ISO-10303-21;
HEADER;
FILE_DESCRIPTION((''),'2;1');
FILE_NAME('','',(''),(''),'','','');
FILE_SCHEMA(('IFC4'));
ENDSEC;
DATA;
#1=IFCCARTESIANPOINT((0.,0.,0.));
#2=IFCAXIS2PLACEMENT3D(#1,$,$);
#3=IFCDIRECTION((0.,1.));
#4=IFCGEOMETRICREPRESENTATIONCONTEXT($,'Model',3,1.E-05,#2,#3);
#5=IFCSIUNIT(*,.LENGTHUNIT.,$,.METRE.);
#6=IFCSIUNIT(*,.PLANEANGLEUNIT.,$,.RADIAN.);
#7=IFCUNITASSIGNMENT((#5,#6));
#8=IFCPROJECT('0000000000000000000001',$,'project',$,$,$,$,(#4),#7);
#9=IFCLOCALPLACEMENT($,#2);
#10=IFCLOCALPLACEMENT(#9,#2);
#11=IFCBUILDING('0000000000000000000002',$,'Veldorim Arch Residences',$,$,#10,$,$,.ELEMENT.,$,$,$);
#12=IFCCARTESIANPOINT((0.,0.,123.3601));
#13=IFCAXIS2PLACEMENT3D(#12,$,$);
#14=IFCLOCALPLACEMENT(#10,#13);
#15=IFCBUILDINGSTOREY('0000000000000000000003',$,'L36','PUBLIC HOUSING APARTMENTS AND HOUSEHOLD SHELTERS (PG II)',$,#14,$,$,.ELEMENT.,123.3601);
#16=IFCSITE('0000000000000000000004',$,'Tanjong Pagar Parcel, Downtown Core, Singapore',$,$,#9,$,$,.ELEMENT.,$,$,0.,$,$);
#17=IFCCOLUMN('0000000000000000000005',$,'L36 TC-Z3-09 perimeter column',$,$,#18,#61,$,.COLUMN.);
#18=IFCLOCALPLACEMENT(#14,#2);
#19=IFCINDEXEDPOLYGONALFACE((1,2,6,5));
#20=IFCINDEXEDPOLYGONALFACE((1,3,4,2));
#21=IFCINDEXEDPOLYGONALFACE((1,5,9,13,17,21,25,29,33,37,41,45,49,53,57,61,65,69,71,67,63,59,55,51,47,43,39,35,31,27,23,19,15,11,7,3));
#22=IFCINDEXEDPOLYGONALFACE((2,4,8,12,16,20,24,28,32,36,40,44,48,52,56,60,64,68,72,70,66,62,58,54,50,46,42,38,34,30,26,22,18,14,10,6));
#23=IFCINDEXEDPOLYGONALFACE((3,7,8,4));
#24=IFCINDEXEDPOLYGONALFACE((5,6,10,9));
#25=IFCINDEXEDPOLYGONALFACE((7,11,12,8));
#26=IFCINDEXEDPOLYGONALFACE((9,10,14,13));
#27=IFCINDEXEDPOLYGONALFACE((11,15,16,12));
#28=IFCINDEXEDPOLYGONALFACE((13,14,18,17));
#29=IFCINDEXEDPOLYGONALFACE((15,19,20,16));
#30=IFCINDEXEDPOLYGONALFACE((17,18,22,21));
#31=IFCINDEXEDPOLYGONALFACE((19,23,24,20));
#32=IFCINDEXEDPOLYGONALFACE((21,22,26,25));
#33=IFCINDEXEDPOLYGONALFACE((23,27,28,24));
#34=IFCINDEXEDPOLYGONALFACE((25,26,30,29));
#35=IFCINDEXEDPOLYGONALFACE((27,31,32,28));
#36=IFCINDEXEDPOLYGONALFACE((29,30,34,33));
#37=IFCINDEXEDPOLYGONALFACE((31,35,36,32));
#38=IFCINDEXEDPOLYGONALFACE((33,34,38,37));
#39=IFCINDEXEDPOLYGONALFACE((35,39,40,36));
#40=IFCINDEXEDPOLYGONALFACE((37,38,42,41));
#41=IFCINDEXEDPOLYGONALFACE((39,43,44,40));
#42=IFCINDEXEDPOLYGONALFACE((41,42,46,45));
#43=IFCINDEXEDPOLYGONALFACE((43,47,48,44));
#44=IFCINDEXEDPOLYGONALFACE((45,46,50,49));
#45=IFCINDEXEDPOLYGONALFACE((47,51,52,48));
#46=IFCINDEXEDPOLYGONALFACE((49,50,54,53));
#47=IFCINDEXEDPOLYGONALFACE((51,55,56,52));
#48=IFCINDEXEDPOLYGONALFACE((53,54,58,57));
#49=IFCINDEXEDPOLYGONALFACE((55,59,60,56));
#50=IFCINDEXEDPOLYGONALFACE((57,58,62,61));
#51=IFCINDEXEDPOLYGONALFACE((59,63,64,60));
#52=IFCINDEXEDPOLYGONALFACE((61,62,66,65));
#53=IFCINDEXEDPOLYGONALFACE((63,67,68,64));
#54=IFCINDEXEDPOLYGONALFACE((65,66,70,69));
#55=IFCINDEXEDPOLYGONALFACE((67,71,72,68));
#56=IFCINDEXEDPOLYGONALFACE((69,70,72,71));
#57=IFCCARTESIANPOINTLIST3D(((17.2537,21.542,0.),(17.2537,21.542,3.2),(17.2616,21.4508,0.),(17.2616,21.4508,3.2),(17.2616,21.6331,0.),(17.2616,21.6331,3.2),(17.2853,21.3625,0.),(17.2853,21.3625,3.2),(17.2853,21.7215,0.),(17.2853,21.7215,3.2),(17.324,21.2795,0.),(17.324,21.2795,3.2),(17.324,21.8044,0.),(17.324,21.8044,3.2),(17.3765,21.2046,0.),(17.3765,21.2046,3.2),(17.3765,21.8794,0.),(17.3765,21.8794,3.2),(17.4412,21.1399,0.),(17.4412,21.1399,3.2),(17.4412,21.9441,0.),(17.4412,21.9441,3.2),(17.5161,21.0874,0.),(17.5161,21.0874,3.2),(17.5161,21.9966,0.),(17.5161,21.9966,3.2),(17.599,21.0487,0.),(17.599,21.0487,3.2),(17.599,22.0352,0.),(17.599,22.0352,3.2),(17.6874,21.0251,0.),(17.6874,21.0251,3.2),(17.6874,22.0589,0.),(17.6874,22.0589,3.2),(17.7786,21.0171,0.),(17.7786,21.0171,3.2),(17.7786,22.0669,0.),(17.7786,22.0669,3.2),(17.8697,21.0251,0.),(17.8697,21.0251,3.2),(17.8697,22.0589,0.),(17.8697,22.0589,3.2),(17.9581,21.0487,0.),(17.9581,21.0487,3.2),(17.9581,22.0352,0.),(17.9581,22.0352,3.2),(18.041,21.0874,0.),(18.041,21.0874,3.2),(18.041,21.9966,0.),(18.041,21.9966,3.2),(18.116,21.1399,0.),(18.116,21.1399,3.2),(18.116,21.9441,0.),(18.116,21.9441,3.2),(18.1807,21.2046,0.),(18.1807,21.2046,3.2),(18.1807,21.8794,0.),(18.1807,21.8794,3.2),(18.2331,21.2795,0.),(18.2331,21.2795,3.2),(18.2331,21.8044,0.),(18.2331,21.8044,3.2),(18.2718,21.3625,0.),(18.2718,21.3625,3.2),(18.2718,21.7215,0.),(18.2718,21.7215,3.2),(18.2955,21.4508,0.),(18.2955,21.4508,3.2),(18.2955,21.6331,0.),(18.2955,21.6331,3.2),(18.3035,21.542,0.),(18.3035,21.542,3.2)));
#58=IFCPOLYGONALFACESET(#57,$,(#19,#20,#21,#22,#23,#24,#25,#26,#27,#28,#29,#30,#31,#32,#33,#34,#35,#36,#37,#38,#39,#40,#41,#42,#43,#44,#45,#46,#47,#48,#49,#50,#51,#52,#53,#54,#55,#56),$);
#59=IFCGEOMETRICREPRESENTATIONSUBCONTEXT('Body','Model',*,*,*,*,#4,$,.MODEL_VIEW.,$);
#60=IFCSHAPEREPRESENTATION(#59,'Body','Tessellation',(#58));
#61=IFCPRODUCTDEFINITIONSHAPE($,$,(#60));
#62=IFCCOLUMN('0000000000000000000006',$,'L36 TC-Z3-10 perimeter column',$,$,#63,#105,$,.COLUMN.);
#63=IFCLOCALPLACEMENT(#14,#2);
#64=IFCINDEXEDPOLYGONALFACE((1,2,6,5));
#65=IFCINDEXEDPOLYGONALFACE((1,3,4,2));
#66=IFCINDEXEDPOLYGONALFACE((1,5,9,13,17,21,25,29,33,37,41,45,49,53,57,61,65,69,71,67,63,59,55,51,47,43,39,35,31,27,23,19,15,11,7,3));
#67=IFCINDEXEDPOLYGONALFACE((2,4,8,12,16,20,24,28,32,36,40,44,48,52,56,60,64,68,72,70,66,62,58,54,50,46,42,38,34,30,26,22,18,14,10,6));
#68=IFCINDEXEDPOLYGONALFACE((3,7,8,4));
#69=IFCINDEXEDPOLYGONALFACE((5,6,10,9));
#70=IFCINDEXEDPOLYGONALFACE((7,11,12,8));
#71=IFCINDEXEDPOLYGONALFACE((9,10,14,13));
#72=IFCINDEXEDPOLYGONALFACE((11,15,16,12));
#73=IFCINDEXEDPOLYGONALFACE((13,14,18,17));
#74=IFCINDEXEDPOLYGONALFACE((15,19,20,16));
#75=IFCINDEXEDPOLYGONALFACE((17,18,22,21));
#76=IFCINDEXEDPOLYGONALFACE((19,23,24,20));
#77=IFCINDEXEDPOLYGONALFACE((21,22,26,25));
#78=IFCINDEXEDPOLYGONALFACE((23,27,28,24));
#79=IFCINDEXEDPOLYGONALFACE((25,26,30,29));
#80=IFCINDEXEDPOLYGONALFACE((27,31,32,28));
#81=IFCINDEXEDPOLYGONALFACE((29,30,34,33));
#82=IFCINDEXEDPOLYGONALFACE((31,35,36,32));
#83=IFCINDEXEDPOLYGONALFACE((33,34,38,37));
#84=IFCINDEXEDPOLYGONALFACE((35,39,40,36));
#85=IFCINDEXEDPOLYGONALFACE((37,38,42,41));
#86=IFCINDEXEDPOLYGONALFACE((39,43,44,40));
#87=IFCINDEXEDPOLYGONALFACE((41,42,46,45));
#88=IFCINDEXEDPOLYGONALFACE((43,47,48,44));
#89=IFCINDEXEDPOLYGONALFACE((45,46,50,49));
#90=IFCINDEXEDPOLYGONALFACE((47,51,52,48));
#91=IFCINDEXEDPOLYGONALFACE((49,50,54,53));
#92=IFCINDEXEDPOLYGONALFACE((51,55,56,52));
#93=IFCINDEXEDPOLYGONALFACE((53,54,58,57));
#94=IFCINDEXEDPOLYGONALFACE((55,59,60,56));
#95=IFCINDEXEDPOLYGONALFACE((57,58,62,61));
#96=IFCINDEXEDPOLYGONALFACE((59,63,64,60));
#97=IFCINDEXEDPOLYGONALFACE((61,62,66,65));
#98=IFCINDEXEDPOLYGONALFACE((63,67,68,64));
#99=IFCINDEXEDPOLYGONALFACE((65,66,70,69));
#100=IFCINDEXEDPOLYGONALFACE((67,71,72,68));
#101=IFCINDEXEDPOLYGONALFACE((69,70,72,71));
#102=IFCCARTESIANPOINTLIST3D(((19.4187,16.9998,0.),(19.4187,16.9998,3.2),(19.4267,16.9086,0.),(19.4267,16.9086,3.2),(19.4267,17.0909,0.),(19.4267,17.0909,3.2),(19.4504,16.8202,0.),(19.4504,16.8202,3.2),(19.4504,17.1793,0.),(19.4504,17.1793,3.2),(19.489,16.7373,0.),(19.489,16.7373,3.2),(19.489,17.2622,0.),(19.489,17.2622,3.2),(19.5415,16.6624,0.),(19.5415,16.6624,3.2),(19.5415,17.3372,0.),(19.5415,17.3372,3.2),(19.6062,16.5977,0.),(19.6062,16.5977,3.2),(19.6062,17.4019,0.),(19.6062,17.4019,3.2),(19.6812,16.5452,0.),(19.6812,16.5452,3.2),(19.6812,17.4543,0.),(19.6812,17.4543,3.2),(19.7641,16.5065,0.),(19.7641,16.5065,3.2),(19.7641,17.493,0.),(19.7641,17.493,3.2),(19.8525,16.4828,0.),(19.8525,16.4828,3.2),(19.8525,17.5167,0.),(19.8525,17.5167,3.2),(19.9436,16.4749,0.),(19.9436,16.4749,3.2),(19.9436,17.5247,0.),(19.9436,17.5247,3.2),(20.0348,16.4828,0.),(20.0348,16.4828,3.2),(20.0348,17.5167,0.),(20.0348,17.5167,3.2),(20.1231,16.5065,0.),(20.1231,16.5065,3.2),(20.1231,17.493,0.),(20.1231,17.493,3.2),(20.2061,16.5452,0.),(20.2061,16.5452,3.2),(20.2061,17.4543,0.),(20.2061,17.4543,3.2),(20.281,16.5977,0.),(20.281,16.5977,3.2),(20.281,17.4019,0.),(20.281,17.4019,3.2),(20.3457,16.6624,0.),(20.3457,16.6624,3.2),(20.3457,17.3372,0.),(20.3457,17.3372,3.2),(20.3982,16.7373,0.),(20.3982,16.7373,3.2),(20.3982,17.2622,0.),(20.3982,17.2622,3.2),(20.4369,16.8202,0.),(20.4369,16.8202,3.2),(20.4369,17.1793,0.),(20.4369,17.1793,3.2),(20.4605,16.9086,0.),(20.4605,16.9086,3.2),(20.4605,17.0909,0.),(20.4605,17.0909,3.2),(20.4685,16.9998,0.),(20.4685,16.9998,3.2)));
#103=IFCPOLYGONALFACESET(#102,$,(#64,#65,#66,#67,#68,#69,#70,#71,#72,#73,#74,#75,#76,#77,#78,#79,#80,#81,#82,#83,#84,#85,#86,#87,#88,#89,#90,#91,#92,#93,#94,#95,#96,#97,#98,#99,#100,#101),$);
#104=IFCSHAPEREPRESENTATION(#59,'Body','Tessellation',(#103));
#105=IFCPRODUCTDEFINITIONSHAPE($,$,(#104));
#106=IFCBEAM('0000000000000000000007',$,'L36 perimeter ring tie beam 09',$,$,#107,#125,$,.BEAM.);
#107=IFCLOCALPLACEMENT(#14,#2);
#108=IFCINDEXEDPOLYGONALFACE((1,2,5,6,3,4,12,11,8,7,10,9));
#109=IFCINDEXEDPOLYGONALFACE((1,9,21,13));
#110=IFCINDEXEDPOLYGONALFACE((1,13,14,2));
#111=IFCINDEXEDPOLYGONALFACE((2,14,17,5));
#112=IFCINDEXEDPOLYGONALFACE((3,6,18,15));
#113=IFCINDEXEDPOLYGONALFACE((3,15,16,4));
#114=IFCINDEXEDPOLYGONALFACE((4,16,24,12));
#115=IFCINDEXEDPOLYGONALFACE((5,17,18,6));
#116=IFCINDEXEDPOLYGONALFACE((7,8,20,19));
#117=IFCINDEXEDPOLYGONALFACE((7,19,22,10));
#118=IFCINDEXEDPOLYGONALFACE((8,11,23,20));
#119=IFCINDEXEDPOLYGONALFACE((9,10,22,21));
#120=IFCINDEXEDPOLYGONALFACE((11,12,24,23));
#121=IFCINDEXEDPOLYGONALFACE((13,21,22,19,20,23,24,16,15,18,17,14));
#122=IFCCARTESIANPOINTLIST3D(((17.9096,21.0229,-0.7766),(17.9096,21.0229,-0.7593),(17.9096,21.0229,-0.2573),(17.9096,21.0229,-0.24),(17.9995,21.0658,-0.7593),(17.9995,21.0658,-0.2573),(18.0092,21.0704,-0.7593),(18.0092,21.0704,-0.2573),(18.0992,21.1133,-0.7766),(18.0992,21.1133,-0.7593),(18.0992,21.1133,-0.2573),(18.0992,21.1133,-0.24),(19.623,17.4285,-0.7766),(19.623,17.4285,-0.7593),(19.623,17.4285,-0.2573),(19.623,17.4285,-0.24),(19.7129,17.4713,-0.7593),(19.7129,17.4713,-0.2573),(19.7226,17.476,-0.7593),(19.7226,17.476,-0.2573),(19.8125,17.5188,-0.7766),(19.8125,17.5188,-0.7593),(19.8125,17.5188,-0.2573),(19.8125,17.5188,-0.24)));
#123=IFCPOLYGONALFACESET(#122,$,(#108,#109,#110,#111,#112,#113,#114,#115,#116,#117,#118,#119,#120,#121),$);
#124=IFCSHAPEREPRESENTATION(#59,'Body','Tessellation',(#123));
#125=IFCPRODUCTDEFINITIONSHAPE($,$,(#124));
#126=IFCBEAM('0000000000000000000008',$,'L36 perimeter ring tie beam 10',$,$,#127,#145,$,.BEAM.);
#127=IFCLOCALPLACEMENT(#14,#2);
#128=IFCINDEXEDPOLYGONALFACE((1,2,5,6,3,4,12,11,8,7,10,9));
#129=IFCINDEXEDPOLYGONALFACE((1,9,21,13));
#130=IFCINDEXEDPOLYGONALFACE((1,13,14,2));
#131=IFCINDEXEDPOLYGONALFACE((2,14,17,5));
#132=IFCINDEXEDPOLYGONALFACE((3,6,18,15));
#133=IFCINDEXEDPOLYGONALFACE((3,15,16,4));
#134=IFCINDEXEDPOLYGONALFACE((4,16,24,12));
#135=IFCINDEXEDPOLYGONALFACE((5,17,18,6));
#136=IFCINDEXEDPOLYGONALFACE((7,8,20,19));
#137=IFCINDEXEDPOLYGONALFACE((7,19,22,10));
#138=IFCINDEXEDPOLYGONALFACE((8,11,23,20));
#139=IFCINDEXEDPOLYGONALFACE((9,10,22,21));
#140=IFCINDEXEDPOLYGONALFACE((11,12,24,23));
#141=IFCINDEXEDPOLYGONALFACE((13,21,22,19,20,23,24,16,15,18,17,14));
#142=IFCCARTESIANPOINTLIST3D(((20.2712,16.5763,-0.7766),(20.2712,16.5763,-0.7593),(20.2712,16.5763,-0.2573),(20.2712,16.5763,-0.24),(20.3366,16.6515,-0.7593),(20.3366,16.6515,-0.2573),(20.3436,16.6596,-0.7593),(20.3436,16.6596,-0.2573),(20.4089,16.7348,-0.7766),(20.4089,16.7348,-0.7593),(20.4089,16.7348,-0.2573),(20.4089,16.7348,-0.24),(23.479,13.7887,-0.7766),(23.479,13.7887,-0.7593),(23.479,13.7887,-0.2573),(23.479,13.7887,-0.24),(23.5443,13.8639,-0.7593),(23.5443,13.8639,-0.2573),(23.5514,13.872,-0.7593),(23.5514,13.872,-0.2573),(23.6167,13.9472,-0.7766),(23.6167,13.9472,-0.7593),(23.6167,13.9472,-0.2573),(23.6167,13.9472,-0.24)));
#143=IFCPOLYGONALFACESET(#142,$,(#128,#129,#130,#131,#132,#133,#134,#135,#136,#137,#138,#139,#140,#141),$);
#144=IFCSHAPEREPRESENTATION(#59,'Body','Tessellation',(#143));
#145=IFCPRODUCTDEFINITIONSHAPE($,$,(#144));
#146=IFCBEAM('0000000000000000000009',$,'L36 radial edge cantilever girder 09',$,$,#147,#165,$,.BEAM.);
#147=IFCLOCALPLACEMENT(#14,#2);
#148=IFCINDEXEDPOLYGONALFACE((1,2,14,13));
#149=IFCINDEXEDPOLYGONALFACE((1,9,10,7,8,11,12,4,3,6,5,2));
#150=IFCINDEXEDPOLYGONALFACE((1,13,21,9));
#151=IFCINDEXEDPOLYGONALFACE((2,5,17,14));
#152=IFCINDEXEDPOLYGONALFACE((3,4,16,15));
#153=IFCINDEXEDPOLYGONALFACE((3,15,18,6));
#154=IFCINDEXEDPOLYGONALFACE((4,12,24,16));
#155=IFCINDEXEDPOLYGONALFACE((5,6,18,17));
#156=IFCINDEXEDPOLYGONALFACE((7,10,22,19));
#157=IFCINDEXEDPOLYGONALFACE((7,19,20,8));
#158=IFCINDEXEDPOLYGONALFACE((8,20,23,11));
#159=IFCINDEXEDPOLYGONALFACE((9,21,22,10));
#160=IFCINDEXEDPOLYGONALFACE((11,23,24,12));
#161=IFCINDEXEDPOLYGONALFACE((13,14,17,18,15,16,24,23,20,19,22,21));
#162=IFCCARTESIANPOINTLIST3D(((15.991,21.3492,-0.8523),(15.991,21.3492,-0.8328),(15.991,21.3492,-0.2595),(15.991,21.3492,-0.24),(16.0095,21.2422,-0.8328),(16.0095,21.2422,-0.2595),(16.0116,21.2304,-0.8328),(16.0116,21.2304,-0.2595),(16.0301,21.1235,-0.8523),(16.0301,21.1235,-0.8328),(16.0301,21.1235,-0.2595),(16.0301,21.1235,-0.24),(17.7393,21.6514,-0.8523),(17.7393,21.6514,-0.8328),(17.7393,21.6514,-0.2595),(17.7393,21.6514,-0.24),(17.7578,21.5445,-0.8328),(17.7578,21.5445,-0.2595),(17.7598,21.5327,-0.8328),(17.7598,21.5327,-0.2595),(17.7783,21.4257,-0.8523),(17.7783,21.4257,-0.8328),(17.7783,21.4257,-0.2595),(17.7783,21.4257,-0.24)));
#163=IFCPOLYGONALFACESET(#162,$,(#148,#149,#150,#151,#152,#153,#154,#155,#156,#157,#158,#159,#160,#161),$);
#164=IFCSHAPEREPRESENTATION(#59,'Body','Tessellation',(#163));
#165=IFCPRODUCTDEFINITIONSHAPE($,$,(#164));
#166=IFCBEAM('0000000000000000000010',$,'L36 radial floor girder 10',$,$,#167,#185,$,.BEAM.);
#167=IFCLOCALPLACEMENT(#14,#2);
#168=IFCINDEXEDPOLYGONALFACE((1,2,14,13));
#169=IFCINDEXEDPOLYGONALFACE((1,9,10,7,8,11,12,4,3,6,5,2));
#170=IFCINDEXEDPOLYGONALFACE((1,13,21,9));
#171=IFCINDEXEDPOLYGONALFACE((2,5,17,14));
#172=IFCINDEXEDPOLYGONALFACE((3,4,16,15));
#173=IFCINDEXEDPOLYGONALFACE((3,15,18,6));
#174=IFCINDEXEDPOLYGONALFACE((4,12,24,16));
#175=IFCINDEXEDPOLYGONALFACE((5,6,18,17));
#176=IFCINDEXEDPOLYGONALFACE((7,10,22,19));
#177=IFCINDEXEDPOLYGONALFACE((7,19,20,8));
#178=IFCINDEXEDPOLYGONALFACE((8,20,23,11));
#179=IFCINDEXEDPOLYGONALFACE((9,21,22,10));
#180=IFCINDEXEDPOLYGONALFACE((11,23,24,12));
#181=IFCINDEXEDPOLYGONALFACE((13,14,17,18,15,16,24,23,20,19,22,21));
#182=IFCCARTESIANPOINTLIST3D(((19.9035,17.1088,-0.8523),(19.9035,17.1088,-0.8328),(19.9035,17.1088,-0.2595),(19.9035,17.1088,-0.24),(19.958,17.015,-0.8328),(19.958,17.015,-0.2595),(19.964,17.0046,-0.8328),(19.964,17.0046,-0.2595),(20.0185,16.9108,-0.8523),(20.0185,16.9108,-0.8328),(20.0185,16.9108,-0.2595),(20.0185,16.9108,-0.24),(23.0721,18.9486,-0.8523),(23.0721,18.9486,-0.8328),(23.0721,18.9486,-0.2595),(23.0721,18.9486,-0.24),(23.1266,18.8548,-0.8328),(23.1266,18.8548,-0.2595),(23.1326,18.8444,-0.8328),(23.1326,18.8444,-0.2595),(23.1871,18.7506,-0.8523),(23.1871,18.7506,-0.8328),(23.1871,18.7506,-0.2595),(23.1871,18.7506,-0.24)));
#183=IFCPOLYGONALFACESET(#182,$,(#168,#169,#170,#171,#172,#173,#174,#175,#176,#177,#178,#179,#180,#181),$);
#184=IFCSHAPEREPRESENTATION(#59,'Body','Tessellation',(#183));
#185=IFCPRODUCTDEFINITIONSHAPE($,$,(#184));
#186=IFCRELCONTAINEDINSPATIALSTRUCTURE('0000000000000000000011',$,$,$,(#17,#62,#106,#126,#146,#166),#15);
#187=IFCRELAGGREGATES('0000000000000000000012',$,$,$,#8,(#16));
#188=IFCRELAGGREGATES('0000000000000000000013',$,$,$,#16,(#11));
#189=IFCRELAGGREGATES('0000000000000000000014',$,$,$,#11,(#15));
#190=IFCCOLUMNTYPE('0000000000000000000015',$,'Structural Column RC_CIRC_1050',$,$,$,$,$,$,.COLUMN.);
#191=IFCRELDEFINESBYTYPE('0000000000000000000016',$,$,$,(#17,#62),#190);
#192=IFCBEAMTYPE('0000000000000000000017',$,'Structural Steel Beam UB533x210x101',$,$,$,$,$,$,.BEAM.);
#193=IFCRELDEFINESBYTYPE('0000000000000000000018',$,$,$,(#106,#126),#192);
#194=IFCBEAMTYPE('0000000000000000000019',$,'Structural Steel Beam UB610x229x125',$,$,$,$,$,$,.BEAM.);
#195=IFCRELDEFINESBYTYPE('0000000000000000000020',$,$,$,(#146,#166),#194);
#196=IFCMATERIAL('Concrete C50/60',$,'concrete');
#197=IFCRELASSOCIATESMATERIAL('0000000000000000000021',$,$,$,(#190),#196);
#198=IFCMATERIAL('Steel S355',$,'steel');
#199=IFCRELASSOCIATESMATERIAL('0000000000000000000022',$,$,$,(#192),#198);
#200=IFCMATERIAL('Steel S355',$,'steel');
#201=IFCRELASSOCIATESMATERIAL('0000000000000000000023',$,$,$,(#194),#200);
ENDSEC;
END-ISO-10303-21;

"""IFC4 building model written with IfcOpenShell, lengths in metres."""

from ifc_helpers import new_model, si_unit, direction, frame, origin, origin_2d, place, context, subcontext, project, spatial, circle, i_section, extrude, material, material_profile, profile_set, type_object, element, save


model = new_model("IFC4")

# Units and contexts
model_context = context("Model", 3, precision=1e-05, world=origin(), true_north=direction((0.0, 1.0)))
body_context = subcontext(model_context, "Body", "Model", "MODEL_VIEW")
ifc_project = project(units=[si_unit("LENGTHUNIT", "METRE"), si_unit("PLANEANGLEUNIT", "RADIAN")], contexts=[model_context])

# Site, building, storey
site_placement = place(None, origin())
site = spatial("IfcSite", under=ifc_project, at=site_placement, Name="Tanjong Pagar Parcel, Downtown Core, Singapore", CompositionType="ELEMENT", RefElevation=0.0)
building_placement = place(site_placement, origin())
building = spatial("IfcBuilding", under=site, at=building_placement, Name="Veldorim Arch Residences", CompositionType="ELEMENT")
storey_placement = place(building_placement, frame((0.0, 0.0, 123.3601)))
storey = spatial("IfcBuildingStorey", under=building, at=storey_placement, Name="L36", Description="PUBLIC HOUSING APARTMENTS AND HOUSEHOLD SHELTERS (PG II)", CompositionType="ELEMENT", Elevation=123.3601)

# Columns
ifc_material_1 = material(Name="Concrete C50/60", Category="concrete")
ifc_material_profile_1 = material_profile(ifc_material_1, circle(Radius=0.5249, at=origin_2d()), Name="RC_CIRC_1050")
ifc_profile_set_1 = profile_set([ifc_material_profile_1], Name="Concrete C50/60")
column_type = type_object("IfcColumnType", Name="Structural Column RC_CIRC_1050", PredefinedType="COLUMN", material=ifc_profile_set_1)
for number, where, z_axis, x_axis, name in (
    (1, (17.7786, 21.542, 0.0), (0.0, 0.0, 1.0), (1.0, 0.0, 0.0), "L36 TC-Z3-09 perimeter column"),
    (2, (19.9436, 16.9998, 0.0), (0.0, 0.0, 1.0), (1.0, 0.0, 0.0), "L36 TC-Z3-10 perimeter column"),
):
    element("IfcColumn", number, at=place(storey_placement, frame(where, z_axis=z_axis, x_axis=x_axis)), inside=storey, type_object=column_type, Name=name, PredefinedType="COLUMN", context=body_context, shape_type="SweptSolid", body=[
        extrude(circle(Radius=0.5249, at=origin_2d()), origin(), (0.0, 0.0, 1.0), 3.2),
    ])

# Beams
ifc_material_2 = material(Name="Steel S355", Category="steel")
ifc_material_profile_2 = material_profile(ifc_material_2, i_section(OverallWidth=0.21, OverallDepth=0.5366, WebThickness=0.0107, FlangeThickness=0.0173, at=origin_2d()), Name="UB533x210x101")
ifc_profile_set_2 = profile_set([ifc_material_profile_2], Name="Steel S355")
beam_type_1 = type_object("IfcBeamType", Name="Structural Steel Beam UB533x210x101", PredefinedType="BEAM", material=ifc_profile_set_2)
beam_1_placement = place(storey_placement, frame((18.0044, 21.0681, -0.5083), z_axis=(0.430286, -0.902693, 0.0), x_axis=(0.902693, 0.430286, 0.0)))
element("IfcBeam", 3, at=beam_1_placement, inside=storey, type_object=beam_type_1, Name="L36 perimeter ring tie beam 09", PredefinedType="BEAM", context=body_context, shape_type="SweptSolid", body=[
    extrude(i_section(OverallWidth=0.21, OverallDepth=0.5366, WebThickness=0.0107, FlangeThickness=0.0173, at=origin_2d()), origin(), (0.0, 0.0, 1.0), 3.9819),
])
beam_2_placement = place(storey_placement, frame((20.3401, 16.6555, -0.5083), z_axis=(0.754811, -0.655943, 0.0), x_axis=(0.655943, 0.754811, 0.0)))
element("IfcBeam", 4, at=beam_2_placement, inside=storey, type_object=beam_type_1, Name="L36 perimeter ring tie beam 10", PredefinedType="BEAM", context=body_context, shape_type="SweptSolid", body=[
    extrude(i_section(OverallWidth=0.21, OverallDepth=0.5366, WebThickness=0.0107, FlangeThickness=0.0173, at=origin_2d()), origin(), (0.0, 0.0, 1.0), 4.2498),
])
ifc_material_3 = material(Name="Steel S355", Category="steel")
ifc_material_profile_3 = material_profile(ifc_material_3, i_section(OverallWidth=0.229, OverallDepth=0.6123, WebThickness=0.012, FlangeThickness=0.0195, at=origin_2d()), Name="UB610x229x125")
ifc_profile_set_3 = profile_set([ifc_material_profile_3], Name="Steel S355")
beam_type_2 = type_object("IfcBeamType", Name="Structural Steel Beam UB610x229x125", PredefinedType="BEAM", material=ifc_profile_set_3)
beam_3_placement = place(storey_placement, frame((17.7588, 21.5386, -0.5461), z_axis=(-0.985383, -0.170354, 0.0), x_axis=(0.170354, -0.985383, 0.0)))
element("IfcBeam", 5, at=beam_3_placement, inside=storey, type_object=beam_type_2, Name="L36 radial edge cantilever girder 09", PredefinedType="BEAM", context=body_context, shape_type="SweptSolid", body=[
    extrude(i_section(OverallWidth=0.229, OverallDepth=0.6123, WebThickness=0.012, FlangeThickness=0.0195, at=origin_2d()), origin(), (0.0, 0.0, 1.0), 1.7742),
])
beam_4_placement = place(storey_placement, frame((23.1296, 18.8496, -0.5461), z_axis=(-0.864795, -0.502126, 0.0), x_axis=(0.502126, -0.864795, 0.0)))
element("IfcBeam", 6, at=beam_4_placement, inside=storey, type_object=beam_type_2, Name="L36 radial floor girder 10", PredefinedType="BEAM", context=body_context, shape_type="SweptSolid", body=[
    extrude(i_section(OverallWidth=0.229, OverallDepth=0.6123, WebThickness=0.012, FlangeThickness=0.0195, at=origin_2d()), origin(), (0.0, 0.0, 1.0), 3.6641),
])

save(model, "model.ifc")
